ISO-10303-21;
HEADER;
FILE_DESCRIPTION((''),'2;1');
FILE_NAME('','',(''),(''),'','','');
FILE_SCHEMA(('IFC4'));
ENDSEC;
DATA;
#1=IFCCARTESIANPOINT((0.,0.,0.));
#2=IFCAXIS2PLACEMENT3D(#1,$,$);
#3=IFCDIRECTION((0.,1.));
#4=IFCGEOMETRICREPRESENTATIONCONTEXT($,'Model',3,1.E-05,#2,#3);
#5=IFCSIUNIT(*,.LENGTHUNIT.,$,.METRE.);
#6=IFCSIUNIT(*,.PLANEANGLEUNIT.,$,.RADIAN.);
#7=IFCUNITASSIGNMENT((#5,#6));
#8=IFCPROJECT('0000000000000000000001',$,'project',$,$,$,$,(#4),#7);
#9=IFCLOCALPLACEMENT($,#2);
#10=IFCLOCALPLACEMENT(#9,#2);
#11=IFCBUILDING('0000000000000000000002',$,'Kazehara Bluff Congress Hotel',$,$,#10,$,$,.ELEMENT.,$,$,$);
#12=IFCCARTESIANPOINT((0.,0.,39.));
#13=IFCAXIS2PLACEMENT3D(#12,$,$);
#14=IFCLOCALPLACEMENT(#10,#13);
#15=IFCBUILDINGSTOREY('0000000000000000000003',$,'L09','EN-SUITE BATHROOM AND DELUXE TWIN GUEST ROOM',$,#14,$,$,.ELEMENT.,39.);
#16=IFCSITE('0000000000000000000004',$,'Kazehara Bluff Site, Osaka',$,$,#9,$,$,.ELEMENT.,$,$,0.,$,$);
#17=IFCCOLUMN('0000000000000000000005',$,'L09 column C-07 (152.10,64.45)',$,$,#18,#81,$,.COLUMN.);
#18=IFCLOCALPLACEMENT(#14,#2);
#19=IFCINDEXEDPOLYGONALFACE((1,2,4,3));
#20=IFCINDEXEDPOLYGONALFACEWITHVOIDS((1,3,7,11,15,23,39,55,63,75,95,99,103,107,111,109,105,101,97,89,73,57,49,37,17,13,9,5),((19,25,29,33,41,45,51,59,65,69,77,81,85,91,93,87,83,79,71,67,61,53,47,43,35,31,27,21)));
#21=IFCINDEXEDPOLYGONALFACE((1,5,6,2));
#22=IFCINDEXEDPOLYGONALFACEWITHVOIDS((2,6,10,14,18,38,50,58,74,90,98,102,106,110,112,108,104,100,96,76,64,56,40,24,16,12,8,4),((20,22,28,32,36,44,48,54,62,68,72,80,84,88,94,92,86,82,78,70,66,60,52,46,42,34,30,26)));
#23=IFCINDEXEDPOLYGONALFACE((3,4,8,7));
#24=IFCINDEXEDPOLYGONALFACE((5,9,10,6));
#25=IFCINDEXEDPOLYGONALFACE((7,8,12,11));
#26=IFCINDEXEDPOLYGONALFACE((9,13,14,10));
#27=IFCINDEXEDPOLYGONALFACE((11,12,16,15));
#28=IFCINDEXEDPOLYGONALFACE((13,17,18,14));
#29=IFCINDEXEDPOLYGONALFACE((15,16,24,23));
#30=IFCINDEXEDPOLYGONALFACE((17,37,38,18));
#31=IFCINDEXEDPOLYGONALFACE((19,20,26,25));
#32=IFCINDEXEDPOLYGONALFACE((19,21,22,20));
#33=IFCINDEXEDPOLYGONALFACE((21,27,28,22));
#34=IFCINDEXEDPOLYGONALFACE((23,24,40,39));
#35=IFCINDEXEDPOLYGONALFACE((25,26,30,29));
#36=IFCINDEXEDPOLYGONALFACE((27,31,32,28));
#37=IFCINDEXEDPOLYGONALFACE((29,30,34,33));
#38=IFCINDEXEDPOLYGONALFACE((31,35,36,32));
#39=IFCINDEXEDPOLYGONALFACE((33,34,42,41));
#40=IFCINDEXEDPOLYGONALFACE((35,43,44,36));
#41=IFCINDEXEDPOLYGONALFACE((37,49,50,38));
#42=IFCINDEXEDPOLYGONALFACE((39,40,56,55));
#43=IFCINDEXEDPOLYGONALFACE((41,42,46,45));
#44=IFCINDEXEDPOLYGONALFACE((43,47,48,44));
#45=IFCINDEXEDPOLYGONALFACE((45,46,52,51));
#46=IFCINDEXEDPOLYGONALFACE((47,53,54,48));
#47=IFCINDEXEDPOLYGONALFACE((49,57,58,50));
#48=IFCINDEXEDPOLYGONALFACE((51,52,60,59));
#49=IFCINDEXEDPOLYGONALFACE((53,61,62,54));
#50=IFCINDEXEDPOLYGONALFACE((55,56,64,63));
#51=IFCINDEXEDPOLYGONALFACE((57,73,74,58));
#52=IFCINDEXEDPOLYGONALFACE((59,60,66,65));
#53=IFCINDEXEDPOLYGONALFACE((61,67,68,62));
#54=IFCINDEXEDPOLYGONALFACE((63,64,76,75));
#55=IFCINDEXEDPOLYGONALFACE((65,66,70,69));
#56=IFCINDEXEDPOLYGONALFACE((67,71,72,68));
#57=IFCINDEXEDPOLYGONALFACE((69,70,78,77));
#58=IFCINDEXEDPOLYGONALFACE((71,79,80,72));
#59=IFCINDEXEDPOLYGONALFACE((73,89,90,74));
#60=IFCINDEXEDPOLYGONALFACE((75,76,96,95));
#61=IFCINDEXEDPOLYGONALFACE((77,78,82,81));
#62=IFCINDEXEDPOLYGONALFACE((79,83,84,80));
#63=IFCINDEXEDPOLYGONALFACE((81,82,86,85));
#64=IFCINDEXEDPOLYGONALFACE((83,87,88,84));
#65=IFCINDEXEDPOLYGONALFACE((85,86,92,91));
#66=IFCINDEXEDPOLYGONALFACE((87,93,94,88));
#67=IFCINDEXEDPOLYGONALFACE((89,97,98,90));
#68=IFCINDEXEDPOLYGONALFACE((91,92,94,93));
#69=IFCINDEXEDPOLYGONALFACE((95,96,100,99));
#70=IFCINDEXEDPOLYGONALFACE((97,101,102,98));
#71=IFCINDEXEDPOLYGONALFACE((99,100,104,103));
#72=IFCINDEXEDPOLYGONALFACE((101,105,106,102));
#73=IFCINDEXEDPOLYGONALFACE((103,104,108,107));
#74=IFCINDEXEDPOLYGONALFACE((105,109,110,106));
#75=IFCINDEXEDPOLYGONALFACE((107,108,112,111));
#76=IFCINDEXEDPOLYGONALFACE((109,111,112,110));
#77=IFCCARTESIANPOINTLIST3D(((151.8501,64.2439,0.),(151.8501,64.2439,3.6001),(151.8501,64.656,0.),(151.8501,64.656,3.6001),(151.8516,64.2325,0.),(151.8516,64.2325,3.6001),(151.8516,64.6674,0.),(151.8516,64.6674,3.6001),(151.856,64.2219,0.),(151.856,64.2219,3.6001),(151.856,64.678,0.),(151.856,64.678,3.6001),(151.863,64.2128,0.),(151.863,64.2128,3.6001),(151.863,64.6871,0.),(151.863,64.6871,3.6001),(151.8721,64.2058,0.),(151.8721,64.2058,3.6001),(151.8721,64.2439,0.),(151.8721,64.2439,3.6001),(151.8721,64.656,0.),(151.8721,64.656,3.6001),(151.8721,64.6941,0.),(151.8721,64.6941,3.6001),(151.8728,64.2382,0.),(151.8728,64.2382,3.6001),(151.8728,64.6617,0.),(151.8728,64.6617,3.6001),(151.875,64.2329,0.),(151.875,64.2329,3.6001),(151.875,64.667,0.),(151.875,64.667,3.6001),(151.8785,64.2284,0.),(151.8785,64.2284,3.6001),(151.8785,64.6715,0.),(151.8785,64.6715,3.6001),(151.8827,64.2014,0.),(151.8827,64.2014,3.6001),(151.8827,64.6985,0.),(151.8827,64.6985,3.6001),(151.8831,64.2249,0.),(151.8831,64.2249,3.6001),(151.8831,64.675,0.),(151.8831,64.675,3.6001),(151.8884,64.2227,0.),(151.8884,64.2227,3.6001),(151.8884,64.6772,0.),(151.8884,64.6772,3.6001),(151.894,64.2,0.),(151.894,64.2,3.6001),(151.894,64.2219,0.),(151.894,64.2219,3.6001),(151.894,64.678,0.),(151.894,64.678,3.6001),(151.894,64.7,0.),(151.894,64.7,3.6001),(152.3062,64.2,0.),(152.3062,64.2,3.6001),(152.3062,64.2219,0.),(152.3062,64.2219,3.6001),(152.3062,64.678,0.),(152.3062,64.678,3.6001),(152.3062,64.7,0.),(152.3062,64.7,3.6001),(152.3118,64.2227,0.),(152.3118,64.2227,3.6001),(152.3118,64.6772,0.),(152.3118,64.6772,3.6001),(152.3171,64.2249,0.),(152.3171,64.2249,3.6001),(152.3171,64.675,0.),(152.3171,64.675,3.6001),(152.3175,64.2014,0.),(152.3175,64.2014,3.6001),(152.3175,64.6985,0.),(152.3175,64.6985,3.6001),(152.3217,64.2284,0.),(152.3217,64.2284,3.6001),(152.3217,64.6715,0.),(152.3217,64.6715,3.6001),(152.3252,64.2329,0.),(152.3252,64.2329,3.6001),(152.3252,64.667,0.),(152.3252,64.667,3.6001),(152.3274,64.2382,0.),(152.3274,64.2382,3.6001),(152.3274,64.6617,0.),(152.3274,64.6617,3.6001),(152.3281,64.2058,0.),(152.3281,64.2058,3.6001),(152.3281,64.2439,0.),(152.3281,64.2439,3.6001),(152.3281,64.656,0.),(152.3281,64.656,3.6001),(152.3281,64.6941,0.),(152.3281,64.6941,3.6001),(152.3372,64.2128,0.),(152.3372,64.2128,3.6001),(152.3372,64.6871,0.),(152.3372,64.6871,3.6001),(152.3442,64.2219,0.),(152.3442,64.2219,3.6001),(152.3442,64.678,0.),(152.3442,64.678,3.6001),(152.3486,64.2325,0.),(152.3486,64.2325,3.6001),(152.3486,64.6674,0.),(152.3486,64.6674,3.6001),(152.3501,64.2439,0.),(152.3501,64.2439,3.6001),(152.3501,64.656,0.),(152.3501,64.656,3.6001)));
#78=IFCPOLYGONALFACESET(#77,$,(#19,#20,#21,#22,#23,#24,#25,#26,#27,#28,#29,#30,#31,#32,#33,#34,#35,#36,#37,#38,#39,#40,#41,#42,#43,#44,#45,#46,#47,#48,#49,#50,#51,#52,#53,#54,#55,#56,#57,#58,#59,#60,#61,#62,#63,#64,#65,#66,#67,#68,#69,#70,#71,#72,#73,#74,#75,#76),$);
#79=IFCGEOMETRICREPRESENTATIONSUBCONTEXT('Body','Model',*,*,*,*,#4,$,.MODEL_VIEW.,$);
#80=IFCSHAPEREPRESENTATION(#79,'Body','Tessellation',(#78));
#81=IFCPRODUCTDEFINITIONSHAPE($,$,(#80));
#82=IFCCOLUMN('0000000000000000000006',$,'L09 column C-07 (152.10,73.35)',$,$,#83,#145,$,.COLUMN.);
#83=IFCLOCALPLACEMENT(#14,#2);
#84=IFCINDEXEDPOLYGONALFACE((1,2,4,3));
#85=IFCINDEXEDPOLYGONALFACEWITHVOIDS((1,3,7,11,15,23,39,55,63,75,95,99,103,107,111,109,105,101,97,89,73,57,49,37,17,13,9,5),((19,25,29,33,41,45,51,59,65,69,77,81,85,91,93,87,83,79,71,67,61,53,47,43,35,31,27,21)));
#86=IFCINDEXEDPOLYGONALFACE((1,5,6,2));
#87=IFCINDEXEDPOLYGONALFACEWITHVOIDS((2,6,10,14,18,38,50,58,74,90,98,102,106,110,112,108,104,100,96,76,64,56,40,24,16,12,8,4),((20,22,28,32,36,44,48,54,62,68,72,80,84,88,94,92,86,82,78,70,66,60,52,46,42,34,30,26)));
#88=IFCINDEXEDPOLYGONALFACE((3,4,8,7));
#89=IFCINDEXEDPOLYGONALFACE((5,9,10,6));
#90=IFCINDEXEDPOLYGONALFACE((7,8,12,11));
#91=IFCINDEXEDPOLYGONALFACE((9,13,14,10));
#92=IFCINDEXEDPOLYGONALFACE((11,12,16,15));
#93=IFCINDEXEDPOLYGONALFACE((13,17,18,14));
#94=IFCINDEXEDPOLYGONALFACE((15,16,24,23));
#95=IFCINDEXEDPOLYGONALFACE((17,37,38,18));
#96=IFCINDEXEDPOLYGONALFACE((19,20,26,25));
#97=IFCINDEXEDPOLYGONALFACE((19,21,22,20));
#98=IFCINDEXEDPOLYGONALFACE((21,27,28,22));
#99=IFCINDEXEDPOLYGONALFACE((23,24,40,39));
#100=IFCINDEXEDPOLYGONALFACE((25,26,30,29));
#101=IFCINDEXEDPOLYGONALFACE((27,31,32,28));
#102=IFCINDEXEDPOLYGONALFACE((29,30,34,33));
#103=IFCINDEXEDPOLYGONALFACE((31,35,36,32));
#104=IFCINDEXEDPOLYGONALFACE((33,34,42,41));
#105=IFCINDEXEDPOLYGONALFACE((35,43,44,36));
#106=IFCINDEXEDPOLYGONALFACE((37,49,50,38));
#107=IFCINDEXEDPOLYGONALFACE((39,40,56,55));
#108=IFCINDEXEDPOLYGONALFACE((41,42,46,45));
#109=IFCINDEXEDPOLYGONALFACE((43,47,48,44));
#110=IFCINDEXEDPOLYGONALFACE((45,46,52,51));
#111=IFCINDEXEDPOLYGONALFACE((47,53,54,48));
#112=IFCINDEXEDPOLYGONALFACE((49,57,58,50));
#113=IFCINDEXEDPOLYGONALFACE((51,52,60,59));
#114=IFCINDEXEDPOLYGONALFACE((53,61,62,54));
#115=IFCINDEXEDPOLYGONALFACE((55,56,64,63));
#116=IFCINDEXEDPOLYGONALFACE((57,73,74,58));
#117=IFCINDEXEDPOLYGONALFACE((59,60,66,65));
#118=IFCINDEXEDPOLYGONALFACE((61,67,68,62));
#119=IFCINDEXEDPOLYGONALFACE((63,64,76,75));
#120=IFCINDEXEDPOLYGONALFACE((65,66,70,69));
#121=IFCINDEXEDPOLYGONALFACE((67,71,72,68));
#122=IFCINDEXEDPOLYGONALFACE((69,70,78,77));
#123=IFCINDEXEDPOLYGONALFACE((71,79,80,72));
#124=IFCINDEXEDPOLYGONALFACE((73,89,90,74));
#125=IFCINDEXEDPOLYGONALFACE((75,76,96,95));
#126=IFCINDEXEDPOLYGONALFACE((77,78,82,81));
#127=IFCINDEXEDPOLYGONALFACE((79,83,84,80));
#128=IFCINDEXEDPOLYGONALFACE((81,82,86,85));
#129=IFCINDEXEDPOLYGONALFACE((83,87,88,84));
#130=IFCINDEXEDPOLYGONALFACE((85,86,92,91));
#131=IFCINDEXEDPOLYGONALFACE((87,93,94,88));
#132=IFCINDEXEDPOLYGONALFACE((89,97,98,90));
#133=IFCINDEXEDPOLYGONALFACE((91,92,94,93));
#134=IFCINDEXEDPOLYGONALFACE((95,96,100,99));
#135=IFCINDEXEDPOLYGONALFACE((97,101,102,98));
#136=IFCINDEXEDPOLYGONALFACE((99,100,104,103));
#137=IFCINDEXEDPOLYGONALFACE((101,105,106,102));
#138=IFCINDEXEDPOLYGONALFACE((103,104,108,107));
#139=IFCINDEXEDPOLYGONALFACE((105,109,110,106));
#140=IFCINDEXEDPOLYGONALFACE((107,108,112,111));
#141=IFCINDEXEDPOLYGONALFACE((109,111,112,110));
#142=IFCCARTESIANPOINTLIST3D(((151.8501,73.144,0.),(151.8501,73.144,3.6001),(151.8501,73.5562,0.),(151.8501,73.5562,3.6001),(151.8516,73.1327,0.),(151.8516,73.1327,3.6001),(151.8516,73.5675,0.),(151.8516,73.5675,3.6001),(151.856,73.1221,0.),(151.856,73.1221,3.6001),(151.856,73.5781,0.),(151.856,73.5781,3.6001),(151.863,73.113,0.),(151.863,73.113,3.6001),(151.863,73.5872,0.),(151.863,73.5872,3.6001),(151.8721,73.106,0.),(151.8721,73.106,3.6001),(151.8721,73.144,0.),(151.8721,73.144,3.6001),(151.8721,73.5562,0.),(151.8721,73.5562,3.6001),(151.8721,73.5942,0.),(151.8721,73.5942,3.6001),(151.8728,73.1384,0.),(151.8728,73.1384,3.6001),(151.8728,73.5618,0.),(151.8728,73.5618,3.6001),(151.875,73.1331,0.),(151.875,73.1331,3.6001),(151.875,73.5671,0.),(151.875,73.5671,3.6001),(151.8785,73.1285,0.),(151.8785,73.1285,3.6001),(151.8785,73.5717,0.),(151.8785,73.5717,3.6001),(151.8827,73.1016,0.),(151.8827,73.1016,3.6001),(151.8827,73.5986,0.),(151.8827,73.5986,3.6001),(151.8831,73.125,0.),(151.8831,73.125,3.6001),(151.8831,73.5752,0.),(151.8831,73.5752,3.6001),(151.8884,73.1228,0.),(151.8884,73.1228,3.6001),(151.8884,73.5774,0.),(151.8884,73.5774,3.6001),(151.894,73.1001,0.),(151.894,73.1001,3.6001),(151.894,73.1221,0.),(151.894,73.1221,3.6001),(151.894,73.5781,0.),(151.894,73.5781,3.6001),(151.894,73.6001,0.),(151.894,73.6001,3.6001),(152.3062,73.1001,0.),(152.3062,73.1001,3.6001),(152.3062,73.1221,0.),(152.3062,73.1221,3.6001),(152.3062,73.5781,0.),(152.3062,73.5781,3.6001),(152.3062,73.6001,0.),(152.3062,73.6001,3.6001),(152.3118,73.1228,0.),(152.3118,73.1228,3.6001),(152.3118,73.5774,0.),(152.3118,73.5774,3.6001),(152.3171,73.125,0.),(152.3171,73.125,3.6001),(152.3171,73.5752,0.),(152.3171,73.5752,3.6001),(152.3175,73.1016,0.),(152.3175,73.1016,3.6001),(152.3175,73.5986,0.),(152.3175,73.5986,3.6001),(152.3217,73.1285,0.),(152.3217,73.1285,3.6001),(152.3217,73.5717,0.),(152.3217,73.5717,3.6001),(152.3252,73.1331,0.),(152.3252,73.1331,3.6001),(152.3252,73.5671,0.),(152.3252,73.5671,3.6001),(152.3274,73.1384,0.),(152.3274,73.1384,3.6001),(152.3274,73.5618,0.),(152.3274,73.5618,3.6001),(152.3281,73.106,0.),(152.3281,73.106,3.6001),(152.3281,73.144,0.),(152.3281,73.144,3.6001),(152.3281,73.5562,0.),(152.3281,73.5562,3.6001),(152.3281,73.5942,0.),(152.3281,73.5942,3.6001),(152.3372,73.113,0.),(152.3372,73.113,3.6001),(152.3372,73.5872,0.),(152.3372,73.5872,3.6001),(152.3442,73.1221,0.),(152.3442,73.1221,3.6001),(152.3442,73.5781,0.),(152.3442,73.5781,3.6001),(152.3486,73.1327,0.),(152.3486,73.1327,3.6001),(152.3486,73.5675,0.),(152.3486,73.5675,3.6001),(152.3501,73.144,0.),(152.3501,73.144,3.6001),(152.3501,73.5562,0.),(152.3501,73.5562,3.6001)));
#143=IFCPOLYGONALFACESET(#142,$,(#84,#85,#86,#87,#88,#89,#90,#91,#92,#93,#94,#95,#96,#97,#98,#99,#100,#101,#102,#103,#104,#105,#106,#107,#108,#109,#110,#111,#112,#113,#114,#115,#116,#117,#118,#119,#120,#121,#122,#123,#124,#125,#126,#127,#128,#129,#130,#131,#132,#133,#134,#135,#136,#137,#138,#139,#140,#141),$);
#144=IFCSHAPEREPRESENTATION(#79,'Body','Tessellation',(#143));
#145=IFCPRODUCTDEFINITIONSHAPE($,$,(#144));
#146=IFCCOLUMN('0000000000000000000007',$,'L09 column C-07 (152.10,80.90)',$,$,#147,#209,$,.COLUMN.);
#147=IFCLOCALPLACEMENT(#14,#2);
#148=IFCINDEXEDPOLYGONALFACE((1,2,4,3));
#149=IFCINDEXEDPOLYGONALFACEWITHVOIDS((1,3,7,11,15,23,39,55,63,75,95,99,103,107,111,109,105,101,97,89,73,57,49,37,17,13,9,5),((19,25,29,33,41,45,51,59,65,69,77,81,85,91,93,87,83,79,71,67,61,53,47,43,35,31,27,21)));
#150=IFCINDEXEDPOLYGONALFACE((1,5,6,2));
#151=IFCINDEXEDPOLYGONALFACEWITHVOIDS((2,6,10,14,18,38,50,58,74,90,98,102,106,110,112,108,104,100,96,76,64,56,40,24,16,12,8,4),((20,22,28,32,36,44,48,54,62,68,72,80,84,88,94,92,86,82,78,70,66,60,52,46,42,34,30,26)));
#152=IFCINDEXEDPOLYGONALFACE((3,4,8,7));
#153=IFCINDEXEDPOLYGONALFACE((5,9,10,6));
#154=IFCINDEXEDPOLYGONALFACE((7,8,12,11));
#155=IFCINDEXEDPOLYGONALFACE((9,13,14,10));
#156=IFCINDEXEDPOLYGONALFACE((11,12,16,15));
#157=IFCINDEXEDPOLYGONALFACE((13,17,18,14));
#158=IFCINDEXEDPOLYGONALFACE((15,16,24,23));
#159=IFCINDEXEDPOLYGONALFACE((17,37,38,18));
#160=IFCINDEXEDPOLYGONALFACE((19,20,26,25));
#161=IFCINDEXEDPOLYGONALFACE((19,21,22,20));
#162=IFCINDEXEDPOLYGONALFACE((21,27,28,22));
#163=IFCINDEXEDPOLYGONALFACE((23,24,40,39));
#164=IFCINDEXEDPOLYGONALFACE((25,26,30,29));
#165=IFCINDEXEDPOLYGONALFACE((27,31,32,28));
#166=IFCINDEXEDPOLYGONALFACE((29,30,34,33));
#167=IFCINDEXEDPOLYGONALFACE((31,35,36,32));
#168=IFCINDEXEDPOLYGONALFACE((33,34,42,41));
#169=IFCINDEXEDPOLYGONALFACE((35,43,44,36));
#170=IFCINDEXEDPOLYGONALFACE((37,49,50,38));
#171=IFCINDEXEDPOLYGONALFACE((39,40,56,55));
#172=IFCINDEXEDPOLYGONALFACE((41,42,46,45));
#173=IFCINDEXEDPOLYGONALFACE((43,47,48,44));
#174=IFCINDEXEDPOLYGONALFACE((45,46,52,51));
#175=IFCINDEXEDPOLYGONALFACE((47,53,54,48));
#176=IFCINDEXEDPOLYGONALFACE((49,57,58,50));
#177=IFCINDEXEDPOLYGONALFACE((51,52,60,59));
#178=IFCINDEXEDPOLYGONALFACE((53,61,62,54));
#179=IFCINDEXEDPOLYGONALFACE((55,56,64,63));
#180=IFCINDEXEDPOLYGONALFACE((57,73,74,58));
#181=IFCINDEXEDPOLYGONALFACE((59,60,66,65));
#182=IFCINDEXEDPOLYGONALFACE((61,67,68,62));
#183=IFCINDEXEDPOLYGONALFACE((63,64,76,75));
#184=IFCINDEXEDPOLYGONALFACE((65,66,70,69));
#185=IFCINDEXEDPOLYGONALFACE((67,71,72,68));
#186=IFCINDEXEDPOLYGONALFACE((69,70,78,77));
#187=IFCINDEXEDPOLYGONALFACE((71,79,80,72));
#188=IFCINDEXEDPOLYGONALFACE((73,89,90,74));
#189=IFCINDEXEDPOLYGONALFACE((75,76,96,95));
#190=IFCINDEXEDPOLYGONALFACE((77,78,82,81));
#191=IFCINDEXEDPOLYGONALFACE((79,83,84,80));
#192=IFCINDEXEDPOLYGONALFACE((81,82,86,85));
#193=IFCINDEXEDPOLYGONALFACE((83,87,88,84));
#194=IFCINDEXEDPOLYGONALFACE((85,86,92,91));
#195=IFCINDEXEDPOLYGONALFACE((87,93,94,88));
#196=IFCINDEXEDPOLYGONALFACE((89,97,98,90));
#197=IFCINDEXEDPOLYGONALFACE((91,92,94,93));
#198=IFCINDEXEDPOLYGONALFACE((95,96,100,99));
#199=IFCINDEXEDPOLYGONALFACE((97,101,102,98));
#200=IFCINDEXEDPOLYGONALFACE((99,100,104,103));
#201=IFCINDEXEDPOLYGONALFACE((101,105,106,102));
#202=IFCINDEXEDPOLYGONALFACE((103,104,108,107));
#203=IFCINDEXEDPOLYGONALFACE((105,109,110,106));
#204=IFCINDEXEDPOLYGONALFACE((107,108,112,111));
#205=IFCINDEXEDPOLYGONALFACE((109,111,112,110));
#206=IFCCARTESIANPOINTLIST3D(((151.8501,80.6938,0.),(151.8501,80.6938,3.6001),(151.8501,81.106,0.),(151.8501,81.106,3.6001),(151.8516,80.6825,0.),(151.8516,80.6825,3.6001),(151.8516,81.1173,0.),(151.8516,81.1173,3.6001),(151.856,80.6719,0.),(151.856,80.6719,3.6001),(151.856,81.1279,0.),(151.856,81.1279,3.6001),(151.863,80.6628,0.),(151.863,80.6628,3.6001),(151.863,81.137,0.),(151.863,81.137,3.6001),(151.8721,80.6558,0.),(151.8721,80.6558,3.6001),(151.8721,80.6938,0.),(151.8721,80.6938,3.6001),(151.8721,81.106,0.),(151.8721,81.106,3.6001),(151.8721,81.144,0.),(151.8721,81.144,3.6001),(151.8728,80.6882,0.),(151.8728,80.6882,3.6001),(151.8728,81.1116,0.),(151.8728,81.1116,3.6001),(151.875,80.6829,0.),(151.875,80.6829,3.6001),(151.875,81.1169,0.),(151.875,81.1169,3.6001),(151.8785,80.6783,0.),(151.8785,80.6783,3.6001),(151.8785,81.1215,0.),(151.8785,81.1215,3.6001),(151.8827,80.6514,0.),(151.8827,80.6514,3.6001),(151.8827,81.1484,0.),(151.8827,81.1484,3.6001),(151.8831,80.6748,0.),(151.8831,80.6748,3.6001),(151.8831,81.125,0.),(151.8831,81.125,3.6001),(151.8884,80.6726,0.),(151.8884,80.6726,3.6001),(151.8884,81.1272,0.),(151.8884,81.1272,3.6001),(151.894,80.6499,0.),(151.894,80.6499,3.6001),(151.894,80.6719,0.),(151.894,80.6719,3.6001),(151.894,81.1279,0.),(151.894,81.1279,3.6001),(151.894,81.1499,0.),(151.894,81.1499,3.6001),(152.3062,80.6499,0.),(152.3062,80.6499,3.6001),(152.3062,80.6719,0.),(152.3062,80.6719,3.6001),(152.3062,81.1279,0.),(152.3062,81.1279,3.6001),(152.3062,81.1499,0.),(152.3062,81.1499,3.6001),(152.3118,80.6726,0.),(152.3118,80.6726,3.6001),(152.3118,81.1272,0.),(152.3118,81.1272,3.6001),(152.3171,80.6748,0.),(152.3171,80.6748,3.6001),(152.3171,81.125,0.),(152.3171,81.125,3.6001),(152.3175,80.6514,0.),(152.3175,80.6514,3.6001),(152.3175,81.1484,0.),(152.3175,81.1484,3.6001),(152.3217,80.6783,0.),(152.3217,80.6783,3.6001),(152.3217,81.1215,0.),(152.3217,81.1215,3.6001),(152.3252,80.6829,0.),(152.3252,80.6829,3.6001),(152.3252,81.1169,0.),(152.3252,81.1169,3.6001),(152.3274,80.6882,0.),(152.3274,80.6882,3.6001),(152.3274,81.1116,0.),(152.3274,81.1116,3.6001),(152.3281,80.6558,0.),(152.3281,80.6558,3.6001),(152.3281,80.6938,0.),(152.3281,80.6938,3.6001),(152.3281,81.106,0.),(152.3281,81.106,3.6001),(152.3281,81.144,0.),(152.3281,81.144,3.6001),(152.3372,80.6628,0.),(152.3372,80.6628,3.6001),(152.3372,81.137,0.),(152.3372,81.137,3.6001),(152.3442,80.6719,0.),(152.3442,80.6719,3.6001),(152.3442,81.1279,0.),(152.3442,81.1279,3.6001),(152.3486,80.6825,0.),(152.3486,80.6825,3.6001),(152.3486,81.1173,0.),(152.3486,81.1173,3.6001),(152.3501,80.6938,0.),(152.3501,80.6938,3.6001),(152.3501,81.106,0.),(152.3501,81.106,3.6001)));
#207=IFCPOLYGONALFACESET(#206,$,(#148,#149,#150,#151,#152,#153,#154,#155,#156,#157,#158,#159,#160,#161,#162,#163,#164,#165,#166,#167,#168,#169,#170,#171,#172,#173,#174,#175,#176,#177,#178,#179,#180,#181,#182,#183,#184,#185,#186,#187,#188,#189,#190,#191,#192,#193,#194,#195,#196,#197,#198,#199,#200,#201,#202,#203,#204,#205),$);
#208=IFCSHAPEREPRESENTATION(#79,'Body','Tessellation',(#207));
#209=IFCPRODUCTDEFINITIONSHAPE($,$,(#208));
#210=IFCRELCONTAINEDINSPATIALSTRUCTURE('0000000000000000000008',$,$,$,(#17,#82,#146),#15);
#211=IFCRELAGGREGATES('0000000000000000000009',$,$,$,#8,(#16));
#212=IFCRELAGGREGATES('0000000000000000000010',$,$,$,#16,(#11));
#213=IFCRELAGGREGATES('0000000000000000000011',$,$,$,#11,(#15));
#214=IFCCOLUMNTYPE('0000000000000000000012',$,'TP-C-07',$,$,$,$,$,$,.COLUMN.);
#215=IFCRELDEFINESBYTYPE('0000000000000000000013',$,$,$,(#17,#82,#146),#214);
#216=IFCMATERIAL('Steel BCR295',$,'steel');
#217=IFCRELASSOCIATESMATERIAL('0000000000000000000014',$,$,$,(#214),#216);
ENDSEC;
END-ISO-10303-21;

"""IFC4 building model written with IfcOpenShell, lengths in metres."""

from ifc_helpers import new_model, si_unit, direction, frame, origin, origin_2d, place, context, subcontext, project, spatial, hollow_rectangle, extrude, material, material_profile, profile_set, type_object, element, save


model = new_model("IFC4")

# Units and contexts
model_context = context("Model", 3, precision=1e-05, world=origin(), true_north=direction((0.0, 1.0)))
body_context = subcontext(model_context, "Body", "Model", "MODEL_VIEW")
ifc_project = project(units=[si_unit("LENGTHUNIT", "METRE"), si_unit("PLANEANGLEUNIT", "RADIAN")], contexts=[model_context])

# Site, building, storey
site_placement = place(None, origin())
site = spatial("IfcSite", under=ifc_project, at=site_placement, Name="Kazehara Bluff Site, Osaka", CompositionType="ELEMENT", RefElevation=0.0)
building_placement = place(site_placement, origin())
building = spatial("IfcBuilding", under=site, at=building_placement, Name="Kazehara Bluff Congress Hotel", CompositionType="ELEMENT")
storey_placement = place(building_placement, frame((0.0, 0.0, 39.0)))
storey = spatial("IfcBuildingStorey", under=building, at=storey_placement, Name="L09", Description="EN-SUITE BATHROOM AND DELUXE TWIN GUEST ROOM", CompositionType="ELEMENT", Elevation=39.0)

# Columns
ifc_material_1 = material(Name="Steel BCR295", Category="steel")
ifc_material_profile_1 = material_profile(ifc_material_1, hollow_rectangle(XDim=0.5, YDim=0.5, WallThickness=0.022, InnerFilletRadius=0.022, OuterFilletRadius=0.0439, at=origin_2d()))
ifc_profile_set_1 = profile_set([ifc_material_profile_1], Name="Steel BCR295")
column_type = type_object("IfcColumnType", Name="TP-C-07", PredefinedType="COLUMN", material=ifc_profile_set_1)
for number, where, z_axis, x_axis, name in (
    (1, (152.1001, 64.45, 0.0), (0.0, 0.0, 1.0), (1.0, 0.0, 0.0), "L09 column C-07 (152.10,64.45)"),
    (2, (152.1001, 73.3501, 0.0), (0.0, 0.0, 1.0), (1.0, 0.0, 0.0), "L09 column C-07 (152.10,73.35)"),
    (3, (152.1001, 80.8999, 0.0), (0.0, 0.0, 1.0), (1.0, 0.0, 0.0), "L09 column C-07 (152.10,80.90)"),
):
    element("IfcColumn", number, at=place(storey_placement, frame(where, z_axis=z_axis, x_axis=x_axis)), inside=storey, type_object=column_type, Name=name, PredefinedType="COLUMN", context=body_context, shape_type="SweptSolid", body=[
        extrude(hollow_rectangle(XDim=0.5, YDim=0.5, WallThickness=0.022, InnerFilletRadius=0.022, OuterFilletRadius=0.0439, at=origin_2d()), origin(), (0.0, 0.0, 1.0), 3.6001),
    ])

save(model, "model.ifc")
